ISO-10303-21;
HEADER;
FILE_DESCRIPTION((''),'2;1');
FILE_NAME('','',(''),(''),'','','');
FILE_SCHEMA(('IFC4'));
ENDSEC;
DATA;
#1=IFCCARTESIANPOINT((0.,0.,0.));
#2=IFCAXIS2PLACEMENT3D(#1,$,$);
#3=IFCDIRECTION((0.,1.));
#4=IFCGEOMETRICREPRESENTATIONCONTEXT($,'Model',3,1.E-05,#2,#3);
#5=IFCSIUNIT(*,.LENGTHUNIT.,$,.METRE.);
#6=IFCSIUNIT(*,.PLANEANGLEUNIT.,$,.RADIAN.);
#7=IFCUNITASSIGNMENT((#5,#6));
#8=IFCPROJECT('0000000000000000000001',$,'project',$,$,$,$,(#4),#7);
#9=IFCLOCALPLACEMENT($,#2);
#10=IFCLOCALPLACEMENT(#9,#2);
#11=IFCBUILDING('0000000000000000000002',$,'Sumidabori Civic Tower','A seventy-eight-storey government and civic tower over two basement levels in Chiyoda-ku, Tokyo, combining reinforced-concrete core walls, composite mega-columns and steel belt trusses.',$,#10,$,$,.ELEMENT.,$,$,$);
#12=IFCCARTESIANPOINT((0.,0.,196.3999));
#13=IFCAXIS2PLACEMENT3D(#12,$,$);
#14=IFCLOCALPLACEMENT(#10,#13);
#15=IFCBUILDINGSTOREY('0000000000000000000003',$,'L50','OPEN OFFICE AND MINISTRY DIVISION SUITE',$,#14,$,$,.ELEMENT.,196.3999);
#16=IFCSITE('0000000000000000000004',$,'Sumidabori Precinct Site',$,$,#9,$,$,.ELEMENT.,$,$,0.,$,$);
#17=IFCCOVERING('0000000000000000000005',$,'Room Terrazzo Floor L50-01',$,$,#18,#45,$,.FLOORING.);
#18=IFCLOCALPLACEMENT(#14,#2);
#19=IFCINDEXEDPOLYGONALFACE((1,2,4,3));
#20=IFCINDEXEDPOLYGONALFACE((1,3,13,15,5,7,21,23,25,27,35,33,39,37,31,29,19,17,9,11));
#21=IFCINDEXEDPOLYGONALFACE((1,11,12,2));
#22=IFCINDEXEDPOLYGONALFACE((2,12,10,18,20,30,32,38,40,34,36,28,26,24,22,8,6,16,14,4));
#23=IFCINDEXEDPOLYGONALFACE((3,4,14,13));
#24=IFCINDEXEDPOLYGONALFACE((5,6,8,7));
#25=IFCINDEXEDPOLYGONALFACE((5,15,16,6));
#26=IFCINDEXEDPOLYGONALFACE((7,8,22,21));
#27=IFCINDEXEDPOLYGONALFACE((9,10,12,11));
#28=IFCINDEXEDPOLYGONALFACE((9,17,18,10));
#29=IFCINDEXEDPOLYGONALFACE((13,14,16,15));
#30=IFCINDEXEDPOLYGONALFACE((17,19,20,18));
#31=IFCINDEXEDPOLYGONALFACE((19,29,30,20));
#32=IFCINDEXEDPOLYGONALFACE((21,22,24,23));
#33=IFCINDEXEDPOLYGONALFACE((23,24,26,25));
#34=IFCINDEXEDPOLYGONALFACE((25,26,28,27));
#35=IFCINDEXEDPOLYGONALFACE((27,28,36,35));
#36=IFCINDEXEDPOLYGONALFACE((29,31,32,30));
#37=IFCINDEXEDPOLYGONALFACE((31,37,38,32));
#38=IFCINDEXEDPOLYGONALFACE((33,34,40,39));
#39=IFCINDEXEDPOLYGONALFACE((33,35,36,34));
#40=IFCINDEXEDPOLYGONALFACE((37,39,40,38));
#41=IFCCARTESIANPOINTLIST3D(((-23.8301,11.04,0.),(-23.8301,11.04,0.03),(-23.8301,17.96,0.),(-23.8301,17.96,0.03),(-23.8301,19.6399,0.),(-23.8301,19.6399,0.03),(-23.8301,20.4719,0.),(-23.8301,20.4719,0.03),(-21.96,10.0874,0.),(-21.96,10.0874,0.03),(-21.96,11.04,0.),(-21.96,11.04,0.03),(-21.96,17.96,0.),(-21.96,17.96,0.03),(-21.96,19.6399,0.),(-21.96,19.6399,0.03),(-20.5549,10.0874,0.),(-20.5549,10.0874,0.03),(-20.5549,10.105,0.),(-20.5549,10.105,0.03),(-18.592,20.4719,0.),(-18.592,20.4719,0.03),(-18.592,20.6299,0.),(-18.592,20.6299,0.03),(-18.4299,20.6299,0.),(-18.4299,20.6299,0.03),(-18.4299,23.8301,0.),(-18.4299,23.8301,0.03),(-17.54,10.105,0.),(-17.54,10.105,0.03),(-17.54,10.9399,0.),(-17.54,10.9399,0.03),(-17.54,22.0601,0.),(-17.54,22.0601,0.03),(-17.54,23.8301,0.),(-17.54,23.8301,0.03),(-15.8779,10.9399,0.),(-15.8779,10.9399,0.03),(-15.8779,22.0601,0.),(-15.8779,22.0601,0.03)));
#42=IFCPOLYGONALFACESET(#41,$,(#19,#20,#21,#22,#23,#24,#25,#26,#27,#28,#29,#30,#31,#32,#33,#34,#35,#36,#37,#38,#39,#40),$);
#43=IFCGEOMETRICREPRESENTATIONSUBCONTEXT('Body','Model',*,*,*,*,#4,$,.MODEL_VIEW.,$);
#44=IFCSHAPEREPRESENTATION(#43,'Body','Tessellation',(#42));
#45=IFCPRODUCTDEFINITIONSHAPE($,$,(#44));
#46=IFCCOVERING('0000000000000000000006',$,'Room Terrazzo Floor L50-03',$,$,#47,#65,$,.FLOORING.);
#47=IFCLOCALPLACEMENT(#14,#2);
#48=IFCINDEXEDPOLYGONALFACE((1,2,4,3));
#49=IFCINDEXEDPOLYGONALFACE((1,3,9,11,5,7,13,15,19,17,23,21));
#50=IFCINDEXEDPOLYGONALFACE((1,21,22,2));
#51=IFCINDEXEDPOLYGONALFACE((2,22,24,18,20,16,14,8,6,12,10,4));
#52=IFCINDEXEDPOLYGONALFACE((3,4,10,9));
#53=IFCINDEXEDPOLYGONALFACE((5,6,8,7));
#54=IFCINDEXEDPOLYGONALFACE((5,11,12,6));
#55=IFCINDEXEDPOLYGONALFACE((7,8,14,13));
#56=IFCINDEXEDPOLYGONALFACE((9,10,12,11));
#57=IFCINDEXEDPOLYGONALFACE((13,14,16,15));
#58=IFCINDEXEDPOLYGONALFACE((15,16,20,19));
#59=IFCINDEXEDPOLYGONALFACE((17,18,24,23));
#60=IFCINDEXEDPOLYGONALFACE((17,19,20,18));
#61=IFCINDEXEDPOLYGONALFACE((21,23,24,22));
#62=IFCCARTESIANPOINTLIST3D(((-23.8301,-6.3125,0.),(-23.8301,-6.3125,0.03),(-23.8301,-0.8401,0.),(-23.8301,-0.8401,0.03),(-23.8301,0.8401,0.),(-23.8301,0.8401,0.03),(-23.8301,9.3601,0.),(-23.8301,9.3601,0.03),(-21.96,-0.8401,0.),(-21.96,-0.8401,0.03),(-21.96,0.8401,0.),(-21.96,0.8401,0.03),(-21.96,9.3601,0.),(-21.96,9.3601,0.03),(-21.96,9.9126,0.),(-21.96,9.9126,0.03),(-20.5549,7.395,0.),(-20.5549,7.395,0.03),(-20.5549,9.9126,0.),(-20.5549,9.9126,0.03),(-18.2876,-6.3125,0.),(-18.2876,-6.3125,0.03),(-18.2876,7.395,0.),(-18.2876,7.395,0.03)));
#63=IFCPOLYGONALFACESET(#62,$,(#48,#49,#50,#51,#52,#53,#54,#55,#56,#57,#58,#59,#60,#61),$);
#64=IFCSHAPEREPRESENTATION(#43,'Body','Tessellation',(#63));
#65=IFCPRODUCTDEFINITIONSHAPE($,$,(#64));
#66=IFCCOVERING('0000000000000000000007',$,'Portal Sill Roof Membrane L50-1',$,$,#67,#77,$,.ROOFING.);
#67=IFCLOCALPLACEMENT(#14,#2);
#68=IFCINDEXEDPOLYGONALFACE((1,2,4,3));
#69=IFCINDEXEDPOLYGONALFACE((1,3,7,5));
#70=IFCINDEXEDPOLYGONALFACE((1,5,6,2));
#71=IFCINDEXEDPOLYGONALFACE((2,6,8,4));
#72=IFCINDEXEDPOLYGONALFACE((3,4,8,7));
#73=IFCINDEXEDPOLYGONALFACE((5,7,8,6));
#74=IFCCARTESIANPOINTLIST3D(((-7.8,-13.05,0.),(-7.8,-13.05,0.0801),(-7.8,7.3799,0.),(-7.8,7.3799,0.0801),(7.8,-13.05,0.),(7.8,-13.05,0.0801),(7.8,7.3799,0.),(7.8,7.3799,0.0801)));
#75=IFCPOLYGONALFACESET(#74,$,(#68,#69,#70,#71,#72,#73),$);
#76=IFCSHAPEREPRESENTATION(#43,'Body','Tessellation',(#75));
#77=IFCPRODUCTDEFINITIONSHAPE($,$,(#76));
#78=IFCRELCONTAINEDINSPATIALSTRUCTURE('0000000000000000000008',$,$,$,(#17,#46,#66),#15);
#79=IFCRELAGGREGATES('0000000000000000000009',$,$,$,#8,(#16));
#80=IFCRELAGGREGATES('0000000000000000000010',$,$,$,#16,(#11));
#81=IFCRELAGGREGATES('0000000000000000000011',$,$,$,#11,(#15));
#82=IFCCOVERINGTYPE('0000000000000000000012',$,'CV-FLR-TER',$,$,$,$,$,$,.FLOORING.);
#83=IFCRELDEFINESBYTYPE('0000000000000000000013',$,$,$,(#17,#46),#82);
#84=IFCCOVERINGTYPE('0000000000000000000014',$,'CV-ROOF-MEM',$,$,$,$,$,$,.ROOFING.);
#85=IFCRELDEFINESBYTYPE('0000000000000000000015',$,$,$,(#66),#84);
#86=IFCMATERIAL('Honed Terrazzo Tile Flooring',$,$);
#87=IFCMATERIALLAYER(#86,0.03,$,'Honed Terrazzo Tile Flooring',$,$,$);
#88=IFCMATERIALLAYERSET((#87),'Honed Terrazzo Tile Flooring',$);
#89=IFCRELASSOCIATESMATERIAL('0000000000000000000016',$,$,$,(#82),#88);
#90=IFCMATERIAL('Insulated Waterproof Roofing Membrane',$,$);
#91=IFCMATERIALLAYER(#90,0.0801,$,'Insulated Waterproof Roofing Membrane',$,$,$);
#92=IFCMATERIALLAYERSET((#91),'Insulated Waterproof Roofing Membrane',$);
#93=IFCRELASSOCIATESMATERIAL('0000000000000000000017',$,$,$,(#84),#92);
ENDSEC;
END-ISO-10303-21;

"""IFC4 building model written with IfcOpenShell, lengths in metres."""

from ifc_helpers import new_model, si_unit, direction, frame, origin, place, context, subcontext, project, spatial, polyline, outline, extrude, material, layer, layer_set, type_object, element, save


model = new_model("IFC4")

# Units and contexts
model_context = context("Model", 3, precision=1e-05, world=origin(), true_north=direction((0.0, 1.0)))
body_context = subcontext(model_context, "Body", "Model", "MODEL_VIEW")
ifc_project = project(units=[si_unit("LENGTHUNIT", "METRE"), si_unit("PLANEANGLEUNIT", "RADIAN")], contexts=[model_context])

# Site, building, storey
site_placement = place(None, origin())
site = spatial("IfcSite", under=ifc_project, at=site_placement, Name="Sumidabori Precinct Site", CompositionType="ELEMENT", RefElevation=0.0)
building_placement = place(site_placement, origin())
building = spatial("IfcBuilding", under=site, at=building_placement, Name="Sumidabori Civic Tower", Description="A seventy-eight-storey government and civic tower over two basement levels in Chiyoda-ku, Tokyo, combining reinforced-concrete core walls, composite mega-columns and steel belt trusses.", CompositionType="ELEMENT")
storey_placement = place(building_placement, frame((0.0, 0.0, 196.3999)))
storey = spatial("IfcBuildingStorey", under=building, at=storey_placement, Name="L50", Description="OPEN OFFICE AND MINISTRY DIVISION SUITE", CompositionType="ELEMENT", Elevation=196.3999)

# Coverings
ifc_material_1 = material(Name="Honed Terrazzo Tile Flooring")
ifc_layer_1 = layer(ifc_material_1, 0.03, Name="Honed Terrazzo Tile Flooring")
ifc_layer_set_1 = layer_set([ifc_layer_1], Name="Honed Terrazzo Tile Flooring")
covering_type_1 = type_object("IfcCoveringType", Name="CV-FLR-TER", PredefinedType="FLOORING", material=ifc_layer_set_1)
covering_1_placement = place(storey_placement, origin())
element("IfcCovering", 1, at=covering_1_placement, inside=storey, type_object=covering_type_1, Name="Room Terrazzo Floor L50-01", PredefinedType="FLOORING", context=body_context, shape_type="SweptSolid", body=[
    extrude(outline(polyline([(-23.8301, 17.96), (-21.96, 17.96), (-21.96, 19.6399), (-23.8301, 19.6399), (-23.8301, 20.4719), (-18.592, 20.4719), (-18.592, 20.6299), (-18.4299, 20.6299), (-18.4299, 23.8301), (-17.54, 23.8301), (-17.54, 22.0601), (-15.8779, 22.0601), (-15.8779, 10.9399), (-17.54, 10.9399), (-17.54, 10.105), (-20.5549, 10.105), (-20.5549, 10.0874), (-21.96, 10.0874), (-21.96, 11.04), (-23.8301, 11.04), (-23.8301, 17.96)])), origin(), (0.0, 0.0, 1.0), 0.03),
])
covering_2_placement = place(storey_placement, origin())
element("IfcCovering", 2, at=covering_2_placement, inside=storey, type_object=covering_type_1, Name="Room Terrazzo Floor L50-03", PredefinedType="FLOORING", context=body_context, shape_type="SweptSolid", body=[
    extrude(outline(polyline([(-23.8301, -6.3125), (-23.8301, -0.8401), (-21.96, -0.8401), (-21.96, 0.8401), (-23.8301, 0.8401), (-23.8301, 9.3601), (-21.96, 9.3601), (-21.96, 9.9126), (-20.5549, 9.9126), (-20.5549, 7.395), (-18.2876, 7.395), (-18.2876, -6.3125), (-23.8301, -6.3125)])), origin(), (0.0, 0.0, 1.0), 0.03),
])
ifc_material_2 = material(Name="Insulated Waterproof Roofing Membrane")
ifc_layer_2 = layer(ifc_material_2, 0.0801, Name="Insulated Waterproof Roofing Membrane")
ifc_layer_set_2 = layer_set([ifc_layer_2], Name="Insulated Waterproof Roofing Membrane")
covering_type_2 = type_object("IfcCoveringType", Name="CV-ROOF-MEM", PredefinedType="ROOFING", material=ifc_layer_set_2)
covering_3_placement = place(storey_placement, origin())
element("IfcCovering", 3, at=covering_3_placement, inside=storey, type_object=covering_type_2, Name="Portal Sill Roof Membrane L50-1", PredefinedType="ROOFING", context=body_context, shape_type="SweptSolid", body=[
    extrude(outline(polyline([(7.8, -13.05), (7.8, 7.3799), (-7.8, 7.3799), (-7.8, -13.05), (7.8, -13.05)])), origin(), (0.0, 0.0, 1.0), 0.0801),
])

save(model, "model.ifc")
